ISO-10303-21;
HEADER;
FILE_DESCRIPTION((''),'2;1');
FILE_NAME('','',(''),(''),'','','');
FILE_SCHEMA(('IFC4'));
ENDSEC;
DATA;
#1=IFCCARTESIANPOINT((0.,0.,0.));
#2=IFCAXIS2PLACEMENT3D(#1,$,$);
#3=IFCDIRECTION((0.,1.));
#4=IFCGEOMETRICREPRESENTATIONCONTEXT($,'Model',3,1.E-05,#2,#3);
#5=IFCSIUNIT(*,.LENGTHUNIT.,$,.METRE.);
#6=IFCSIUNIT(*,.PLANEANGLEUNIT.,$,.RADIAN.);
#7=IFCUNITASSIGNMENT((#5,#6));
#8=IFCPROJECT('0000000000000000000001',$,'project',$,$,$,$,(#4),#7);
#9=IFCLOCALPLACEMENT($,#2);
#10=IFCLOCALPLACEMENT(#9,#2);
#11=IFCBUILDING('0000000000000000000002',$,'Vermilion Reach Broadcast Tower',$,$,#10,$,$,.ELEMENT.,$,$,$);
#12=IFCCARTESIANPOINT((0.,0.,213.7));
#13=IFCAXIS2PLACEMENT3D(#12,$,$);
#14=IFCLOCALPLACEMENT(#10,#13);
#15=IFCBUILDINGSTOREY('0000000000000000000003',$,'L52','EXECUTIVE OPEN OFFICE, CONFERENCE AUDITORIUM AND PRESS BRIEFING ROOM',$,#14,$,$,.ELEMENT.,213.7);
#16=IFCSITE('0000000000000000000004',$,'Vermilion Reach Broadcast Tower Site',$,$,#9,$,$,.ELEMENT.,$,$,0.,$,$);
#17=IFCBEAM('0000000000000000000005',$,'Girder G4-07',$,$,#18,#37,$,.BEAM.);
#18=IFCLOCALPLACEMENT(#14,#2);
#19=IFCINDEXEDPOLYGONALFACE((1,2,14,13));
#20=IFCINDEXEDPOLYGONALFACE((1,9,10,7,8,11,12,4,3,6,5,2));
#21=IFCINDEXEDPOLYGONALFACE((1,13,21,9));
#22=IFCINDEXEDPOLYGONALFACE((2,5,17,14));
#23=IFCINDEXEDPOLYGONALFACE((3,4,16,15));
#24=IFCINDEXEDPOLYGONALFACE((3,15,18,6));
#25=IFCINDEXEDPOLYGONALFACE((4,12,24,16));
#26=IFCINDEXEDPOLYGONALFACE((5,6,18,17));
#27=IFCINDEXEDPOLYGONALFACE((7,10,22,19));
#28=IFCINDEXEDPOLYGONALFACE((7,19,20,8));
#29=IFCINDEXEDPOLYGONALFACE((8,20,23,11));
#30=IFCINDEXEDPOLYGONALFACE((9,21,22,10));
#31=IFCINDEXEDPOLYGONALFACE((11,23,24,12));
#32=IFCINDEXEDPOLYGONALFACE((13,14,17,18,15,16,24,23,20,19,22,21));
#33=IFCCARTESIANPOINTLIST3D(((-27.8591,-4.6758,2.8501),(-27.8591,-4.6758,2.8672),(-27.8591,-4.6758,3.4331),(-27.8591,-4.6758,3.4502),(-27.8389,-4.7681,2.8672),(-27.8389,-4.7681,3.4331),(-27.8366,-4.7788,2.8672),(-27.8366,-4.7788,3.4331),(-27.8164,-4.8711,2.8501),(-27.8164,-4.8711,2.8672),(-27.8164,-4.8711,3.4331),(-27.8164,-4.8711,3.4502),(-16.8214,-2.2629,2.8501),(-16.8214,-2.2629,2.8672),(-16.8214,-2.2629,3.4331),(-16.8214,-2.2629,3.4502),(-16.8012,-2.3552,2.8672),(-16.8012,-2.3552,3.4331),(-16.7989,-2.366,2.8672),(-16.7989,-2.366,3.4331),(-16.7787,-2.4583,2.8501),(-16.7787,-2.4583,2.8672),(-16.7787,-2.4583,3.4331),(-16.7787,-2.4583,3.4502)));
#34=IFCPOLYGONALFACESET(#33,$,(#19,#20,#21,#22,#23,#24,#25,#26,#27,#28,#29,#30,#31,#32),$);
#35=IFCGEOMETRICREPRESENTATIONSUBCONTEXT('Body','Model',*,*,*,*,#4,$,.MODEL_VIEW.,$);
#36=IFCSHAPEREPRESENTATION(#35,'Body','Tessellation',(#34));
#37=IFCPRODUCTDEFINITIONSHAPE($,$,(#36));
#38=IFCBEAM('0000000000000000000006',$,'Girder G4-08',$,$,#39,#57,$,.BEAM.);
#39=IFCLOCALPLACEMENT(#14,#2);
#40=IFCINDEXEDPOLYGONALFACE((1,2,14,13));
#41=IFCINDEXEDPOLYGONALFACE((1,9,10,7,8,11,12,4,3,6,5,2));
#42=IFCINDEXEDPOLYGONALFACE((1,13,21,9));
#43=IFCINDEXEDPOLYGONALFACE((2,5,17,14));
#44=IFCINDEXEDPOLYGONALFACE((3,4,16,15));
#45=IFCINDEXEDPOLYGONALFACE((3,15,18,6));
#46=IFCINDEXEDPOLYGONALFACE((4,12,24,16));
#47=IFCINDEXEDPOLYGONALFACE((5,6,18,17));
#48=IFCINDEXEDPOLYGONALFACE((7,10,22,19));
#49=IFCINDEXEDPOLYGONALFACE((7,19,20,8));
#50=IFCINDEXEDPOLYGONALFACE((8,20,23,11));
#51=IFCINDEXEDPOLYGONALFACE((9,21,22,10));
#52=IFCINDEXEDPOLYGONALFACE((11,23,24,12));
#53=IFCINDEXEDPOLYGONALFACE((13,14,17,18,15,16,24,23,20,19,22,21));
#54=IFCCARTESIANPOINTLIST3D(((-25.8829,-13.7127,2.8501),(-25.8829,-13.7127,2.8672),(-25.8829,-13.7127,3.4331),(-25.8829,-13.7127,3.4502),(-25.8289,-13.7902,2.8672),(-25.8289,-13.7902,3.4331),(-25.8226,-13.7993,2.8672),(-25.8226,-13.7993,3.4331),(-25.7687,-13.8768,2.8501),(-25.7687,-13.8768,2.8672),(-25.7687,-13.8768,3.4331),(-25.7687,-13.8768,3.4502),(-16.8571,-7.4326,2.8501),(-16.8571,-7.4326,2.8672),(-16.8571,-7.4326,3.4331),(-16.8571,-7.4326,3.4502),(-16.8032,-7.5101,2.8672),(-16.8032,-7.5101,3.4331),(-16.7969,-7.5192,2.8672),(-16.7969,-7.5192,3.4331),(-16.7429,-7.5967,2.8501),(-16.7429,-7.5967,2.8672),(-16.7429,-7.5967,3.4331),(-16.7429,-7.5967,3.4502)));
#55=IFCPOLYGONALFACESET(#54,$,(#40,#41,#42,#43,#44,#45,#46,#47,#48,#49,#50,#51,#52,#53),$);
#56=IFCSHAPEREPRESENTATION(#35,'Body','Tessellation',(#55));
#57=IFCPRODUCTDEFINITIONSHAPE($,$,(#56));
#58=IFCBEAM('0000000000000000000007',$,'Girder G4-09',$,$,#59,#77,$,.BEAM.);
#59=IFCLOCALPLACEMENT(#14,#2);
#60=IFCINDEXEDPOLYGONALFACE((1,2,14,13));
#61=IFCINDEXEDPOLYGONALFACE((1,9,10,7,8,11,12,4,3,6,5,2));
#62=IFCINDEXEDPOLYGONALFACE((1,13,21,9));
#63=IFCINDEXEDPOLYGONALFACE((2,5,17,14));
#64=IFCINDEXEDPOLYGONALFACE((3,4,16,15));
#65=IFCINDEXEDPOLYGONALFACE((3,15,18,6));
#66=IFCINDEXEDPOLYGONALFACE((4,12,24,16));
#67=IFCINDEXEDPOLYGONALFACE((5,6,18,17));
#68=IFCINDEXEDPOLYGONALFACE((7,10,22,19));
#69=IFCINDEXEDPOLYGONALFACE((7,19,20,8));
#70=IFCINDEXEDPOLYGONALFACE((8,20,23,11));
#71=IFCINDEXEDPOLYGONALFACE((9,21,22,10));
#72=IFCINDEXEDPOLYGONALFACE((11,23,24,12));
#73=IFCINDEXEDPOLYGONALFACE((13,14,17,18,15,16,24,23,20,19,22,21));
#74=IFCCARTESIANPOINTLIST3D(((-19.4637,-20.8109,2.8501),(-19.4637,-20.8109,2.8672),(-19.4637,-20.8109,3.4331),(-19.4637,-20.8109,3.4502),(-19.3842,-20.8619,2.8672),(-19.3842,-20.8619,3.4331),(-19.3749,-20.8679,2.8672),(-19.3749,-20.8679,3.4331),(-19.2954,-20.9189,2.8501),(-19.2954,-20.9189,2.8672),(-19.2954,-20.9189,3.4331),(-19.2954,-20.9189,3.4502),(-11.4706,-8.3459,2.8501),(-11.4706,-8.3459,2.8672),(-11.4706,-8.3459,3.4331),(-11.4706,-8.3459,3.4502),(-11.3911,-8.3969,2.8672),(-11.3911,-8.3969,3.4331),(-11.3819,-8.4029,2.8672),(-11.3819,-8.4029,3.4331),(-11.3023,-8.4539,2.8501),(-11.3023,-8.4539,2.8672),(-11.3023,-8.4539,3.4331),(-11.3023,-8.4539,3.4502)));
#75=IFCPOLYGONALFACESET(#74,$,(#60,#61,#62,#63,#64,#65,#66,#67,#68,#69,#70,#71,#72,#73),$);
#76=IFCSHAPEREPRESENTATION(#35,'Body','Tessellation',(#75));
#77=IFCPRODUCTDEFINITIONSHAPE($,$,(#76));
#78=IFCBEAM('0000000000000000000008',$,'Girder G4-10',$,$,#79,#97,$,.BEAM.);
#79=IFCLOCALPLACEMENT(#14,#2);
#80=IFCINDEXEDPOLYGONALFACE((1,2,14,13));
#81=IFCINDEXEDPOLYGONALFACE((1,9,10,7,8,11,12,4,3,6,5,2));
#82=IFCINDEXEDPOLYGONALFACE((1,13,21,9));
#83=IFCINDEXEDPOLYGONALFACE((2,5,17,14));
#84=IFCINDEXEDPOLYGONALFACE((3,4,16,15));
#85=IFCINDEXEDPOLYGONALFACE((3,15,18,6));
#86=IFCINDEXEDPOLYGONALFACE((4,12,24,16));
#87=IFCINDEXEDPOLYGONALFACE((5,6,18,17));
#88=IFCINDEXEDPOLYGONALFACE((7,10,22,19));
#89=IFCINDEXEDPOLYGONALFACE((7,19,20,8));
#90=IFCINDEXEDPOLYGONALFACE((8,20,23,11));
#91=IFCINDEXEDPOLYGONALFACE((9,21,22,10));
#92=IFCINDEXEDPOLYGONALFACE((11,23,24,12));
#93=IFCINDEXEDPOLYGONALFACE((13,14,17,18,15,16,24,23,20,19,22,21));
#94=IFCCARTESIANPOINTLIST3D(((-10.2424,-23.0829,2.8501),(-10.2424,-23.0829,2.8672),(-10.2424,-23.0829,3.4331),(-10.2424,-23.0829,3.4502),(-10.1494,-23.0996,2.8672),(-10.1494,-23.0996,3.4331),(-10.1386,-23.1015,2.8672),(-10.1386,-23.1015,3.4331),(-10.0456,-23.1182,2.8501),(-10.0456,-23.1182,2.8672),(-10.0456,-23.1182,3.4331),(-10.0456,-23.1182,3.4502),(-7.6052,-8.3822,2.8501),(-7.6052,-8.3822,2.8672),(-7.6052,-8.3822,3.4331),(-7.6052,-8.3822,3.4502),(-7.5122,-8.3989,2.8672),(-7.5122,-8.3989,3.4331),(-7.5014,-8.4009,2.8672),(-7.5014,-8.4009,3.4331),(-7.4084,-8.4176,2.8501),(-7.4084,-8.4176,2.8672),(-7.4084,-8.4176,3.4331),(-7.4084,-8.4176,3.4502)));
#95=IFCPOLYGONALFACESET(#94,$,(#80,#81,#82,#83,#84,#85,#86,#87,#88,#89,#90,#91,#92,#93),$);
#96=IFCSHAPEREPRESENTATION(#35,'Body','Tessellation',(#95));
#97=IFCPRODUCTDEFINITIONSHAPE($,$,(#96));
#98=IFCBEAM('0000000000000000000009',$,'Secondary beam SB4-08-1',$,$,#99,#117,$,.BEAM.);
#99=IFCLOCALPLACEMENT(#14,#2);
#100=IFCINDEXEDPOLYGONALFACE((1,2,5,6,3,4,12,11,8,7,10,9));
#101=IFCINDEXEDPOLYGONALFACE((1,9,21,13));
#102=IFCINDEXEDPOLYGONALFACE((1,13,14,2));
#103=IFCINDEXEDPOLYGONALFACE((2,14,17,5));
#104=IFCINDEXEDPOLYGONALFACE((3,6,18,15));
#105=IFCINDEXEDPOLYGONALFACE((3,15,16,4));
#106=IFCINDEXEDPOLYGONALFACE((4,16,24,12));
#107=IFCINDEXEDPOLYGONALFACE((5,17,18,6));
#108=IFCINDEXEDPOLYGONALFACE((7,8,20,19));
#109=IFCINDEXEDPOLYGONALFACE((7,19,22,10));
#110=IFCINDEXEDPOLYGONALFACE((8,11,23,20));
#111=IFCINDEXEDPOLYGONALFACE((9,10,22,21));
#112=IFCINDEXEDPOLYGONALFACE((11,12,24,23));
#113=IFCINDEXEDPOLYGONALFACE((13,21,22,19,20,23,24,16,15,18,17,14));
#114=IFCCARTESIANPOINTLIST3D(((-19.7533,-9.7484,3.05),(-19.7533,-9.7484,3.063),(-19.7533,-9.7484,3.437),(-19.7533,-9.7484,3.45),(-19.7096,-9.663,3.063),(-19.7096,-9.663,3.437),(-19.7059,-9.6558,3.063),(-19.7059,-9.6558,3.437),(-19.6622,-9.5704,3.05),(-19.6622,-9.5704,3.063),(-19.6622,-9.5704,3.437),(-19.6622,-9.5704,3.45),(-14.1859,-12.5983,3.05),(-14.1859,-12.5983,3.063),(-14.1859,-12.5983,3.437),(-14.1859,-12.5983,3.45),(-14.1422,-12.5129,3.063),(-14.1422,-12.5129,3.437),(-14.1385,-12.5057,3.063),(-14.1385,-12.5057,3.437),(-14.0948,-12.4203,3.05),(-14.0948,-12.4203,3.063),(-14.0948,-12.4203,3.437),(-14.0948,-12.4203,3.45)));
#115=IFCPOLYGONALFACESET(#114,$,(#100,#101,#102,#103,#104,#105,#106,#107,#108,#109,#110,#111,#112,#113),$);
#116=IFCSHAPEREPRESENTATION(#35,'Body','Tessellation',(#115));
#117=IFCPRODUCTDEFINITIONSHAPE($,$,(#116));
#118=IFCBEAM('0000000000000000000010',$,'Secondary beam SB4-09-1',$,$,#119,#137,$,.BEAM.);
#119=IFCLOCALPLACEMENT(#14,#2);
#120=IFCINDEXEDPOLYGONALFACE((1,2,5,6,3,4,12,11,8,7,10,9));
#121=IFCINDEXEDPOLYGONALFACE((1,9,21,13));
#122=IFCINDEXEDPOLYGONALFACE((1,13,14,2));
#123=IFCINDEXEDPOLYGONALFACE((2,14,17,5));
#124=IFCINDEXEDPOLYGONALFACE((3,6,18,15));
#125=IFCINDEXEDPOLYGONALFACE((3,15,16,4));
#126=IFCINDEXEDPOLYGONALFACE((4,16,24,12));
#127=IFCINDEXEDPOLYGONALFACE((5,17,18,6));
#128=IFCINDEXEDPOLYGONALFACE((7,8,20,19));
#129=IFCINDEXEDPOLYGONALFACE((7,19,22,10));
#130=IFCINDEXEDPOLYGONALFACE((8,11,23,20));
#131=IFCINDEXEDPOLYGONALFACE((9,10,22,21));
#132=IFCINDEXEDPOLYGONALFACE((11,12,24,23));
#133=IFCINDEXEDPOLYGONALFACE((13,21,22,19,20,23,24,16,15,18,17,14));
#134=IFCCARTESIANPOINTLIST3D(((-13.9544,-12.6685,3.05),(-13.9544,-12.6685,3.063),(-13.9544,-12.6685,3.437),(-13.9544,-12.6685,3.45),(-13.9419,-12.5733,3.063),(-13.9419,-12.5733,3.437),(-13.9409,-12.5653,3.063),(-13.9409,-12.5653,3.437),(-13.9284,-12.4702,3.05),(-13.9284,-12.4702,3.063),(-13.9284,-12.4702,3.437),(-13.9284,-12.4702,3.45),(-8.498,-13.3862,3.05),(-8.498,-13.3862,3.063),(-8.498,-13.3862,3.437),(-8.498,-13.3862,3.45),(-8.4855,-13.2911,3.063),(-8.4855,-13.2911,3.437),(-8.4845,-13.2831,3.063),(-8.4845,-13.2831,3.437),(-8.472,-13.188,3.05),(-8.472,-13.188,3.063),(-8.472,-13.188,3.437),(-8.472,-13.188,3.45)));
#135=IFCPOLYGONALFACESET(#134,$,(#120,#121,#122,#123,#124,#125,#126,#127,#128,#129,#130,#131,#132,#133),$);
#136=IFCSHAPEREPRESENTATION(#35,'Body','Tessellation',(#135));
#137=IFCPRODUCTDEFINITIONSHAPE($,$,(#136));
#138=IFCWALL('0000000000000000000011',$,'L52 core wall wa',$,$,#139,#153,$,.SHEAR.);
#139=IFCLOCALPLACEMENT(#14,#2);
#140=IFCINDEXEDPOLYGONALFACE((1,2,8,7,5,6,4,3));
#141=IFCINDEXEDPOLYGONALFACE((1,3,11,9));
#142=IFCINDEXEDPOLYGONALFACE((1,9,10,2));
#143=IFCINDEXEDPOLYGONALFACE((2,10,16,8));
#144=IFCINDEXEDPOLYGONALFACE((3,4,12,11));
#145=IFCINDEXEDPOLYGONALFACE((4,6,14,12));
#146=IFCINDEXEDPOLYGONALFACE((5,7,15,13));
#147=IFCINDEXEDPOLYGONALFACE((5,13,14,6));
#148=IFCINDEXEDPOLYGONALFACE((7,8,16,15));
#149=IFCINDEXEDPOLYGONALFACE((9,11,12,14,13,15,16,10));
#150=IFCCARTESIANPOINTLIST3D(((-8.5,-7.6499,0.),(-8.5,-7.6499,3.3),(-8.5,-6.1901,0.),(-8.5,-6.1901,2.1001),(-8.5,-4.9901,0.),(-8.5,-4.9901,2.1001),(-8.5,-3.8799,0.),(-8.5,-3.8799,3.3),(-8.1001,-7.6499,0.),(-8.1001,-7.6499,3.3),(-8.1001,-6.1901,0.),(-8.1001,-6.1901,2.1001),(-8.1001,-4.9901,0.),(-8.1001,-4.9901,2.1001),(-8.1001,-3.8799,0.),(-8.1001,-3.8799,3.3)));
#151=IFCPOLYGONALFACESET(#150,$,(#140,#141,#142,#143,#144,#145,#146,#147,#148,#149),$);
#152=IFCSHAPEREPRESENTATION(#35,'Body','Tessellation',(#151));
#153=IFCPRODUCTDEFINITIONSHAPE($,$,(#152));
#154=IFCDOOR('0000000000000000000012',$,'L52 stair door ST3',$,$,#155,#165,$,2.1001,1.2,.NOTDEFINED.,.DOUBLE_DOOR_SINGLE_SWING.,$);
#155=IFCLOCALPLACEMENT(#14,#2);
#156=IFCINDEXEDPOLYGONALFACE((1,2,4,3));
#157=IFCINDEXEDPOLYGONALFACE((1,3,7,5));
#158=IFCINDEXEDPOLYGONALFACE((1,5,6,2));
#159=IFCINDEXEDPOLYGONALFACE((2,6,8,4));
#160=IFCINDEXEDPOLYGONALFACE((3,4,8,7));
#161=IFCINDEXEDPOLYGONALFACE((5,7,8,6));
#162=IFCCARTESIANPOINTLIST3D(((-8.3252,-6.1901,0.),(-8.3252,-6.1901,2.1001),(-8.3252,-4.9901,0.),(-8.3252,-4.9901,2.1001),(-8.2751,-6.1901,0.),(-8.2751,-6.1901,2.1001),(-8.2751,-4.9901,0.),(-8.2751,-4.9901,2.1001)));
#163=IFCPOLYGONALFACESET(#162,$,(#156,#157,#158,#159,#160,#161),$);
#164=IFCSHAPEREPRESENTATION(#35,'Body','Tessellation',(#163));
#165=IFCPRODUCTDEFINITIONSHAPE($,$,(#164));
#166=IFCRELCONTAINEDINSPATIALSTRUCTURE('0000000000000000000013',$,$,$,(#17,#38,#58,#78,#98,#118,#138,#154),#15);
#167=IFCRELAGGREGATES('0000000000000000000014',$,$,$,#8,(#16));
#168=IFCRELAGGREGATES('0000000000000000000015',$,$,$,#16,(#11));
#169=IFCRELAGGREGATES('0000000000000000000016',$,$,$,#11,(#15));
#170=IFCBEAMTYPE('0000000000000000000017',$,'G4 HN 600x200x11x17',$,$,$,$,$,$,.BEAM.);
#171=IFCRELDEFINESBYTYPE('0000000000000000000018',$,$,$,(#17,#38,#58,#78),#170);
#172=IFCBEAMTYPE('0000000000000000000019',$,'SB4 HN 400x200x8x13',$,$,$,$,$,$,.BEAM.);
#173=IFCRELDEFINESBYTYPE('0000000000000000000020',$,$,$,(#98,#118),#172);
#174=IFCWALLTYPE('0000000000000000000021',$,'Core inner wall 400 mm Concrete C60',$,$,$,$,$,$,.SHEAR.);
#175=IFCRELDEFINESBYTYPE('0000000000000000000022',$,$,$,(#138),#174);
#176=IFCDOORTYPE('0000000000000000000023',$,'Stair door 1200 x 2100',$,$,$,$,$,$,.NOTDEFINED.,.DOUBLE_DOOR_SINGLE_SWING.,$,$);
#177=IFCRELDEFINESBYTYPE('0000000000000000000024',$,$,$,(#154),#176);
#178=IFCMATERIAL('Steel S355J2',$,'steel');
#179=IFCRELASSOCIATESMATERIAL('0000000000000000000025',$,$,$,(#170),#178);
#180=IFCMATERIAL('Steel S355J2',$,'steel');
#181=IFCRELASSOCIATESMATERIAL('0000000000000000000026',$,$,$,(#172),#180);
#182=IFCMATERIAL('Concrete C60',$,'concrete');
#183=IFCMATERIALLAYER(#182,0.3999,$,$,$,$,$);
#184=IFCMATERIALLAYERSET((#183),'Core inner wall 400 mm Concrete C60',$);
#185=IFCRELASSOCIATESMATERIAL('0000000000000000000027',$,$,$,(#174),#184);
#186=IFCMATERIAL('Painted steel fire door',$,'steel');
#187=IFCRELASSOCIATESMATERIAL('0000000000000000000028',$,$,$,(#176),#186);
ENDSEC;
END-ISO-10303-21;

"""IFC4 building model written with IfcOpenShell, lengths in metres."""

from ifc_helpers import new_model, si_unit, direction, frame, frame_2d, origin, origin_2d, place, context, subcontext, project, spatial, rectangle, i_section, extrude, material, layer, layer_set, material_profile, profile_set, type_object, element, fill, save


model = new_model("IFC4")

# Units and contexts
model_context = context("Model", 3, precision=1e-05, world=origin(), true_north=direction((0.0, 1.0)))
body_context = subcontext(model_context, "Body", "Model", "MODEL_VIEW")
ifc_project = project(units=[si_unit("LENGTHUNIT", "METRE"), si_unit("PLANEANGLEUNIT", "RADIAN")], contexts=[model_context])

# Site, building, storey
site_placement = place(None, origin())
site = spatial("IfcSite", under=ifc_project, at=site_placement, Name="Vermilion Reach Broadcast Tower Site", CompositionType="ELEMENT", RefElevation=0.0)
building_placement = place(site_placement, origin())
building = spatial("IfcBuilding", under=site, at=building_placement, Name="Vermilion Reach Broadcast Tower", CompositionType="ELEMENT")
storey_placement = place(building_placement, frame((0.0, 0.0, 213.7)))
storey = spatial("IfcBuildingStorey", under=building, at=storey_placement, Name="L52", Description="EXECUTIVE OPEN OFFICE, CONFERENCE AUDITORIUM AND PRESS BRIEFING ROOM", CompositionType="ELEMENT", Elevation=213.7)

# Beams
ifc_material_1 = material(Name="Steel S355J2", Category="steel")
ifc_material_profile_1 = material_profile(ifc_material_1, i_section(OverallWidth=0.2, OverallDepth=0.6001, WebThickness=0.011, FlangeThickness=0.0171, at=origin_2d()), Name="S355J2 HN 600x200x11x17")
ifc_profile_set_1 = profile_set([ifc_material_profile_1], Name="Steel S355J2")
beam_type_1 = type_object("IfcBeamType", Name="G4 HN 600x200x11x17", PredefinedType="BEAM", material=ifc_profile_set_1)
beam_1_placement = place(storey_placement, frame((-16.8, -2.3606, 3.1501), z_axis=(-0.97693, -0.213559, 0.0), x_axis=(0.213559, -0.97693, 0.0)))
element("IfcBeam", 1, at=beam_1_placement, inside=storey, type_object=beam_type_1, Name="Girder G4-07", PredefinedType="BEAM", context=body_context, shape_type="SweptSolid", body=[
    extrude(i_section(OverallWidth=0.2, OverallDepth=0.6001, WebThickness=0.011, FlangeThickness=0.0171, at=origin_2d()), origin(), (0.0, 0.0, 1.0), 11.2983),
])
beam_2_placement = place(storey_placement, frame((-16.8, -7.5146, 3.1501), z_axis=(-0.820849, -0.571146, 0.0), x_axis=(0.571146, -0.820849, 0.0)))
element("IfcBeam", 2, at=beam_2_placement, inside=storey, type_object=beam_type_1, Name="Girder G4-08", PredefinedType="BEAM", context=body_context, shape_type="SweptSolid", body=[
    extrude(i_section(OverallWidth=0.2, OverallDepth=0.6001, WebThickness=0.011, FlangeThickness=0.0171, at=origin_2d()), origin(), (0.0, 0.0, 1.0), 10.9956),
])
beam_3_placement = place(storey_placement, frame((-11.3865, -8.3999, 3.1501), z_axis=(-0.539796, -0.841796, 0.0), x_axis=(0.841796, -0.539796, 0.0)))
element("IfcBeam", 3, at=beam_3_placement, inside=storey, type_object=beam_type_1, Name="Girder G4-09", PredefinedType="BEAM", context=body_context, shape_type="SweptSolid", body=[
    extrude(i_section(OverallWidth=0.2, OverallDepth=0.6001, WebThickness=0.011, FlangeThickness=0.0171, at=origin_2d()), origin(), (0.0, 0.0, 1.0), 14.8076),
])
beam_4_placement = place(storey_placement, frame((-7.5068, -8.3999, 3.1501), z_axis=(-0.176575, -0.984287, 0.0), x_axis=(0.984287, -0.176575, 0.0)))
element("IfcBeam", 4, at=beam_4_placement, inside=storey, type_object=beam_type_1, Name="Girder G4-10", PredefinedType="BEAM", context=body_context, shape_type="SweptSolid", body=[
    extrude(i_section(OverallWidth=0.2, OverallDepth=0.6001, WebThickness=0.011, FlangeThickness=0.0171, at=origin_2d()), origin(), (0.0, 0.0, 1.0), 14.9353),
])
ifc_material_2 = material(Name="Steel S355J2", Category="steel")
ifc_material_profile_2 = material_profile(ifc_material_2, i_section(OverallWidth=0.2, OverallDepth=0.3999, WebThickness=0.0081, FlangeThickness=0.0129, at=origin_2d()), Name="S355J2 HN 400x200x8x13")
ifc_profile_set_2 = profile_set([ifc_material_profile_2], Name="Steel S355J2")
beam_type_2 = type_object("IfcBeamType", Name="SB4 HN 400x200x8x13", PredefinedType="BEAM", material=ifc_profile_set_2)
beam_5_placement = place(storey_placement, frame((-19.7078, -9.6594, 3.25), z_axis=(0.890156, -0.455656, 0.0), x_axis=(0.455656, 0.890156, 0.0)))
element("IfcBeam", 5, at=beam_5_placement, inside=storey, type_object=beam_type_2, Name="Secondary beam SB4-08-1", PredefinedType="BEAM", context=body_context, shape_type="SweptSolid", body=[
    extrude(i_section(OverallWidth=0.2, OverallDepth=0.3999, WebThickness=0.0081, FlangeThickness=0.0129, at=origin_2d()), origin(), (0.0, 0.0, 1.0), 6.2544),
])
beam_6_placement = place(storey_placement, frame((-13.9414, -12.5693, 3.25), z_axis=(0.991458, -0.130426, 0.0), x_axis=(0.130426, 0.991458, 0.0)))
element("IfcBeam", 6, at=beam_6_placement, inside=storey, type_object=beam_type_2, Name="Secondary beam SB4-09-1", PredefinedType="BEAM", context=body_context, shape_type="SweptSolid", body=[
    extrude(i_section(OverallWidth=0.2, OverallDepth=0.3999, WebThickness=0.0081, FlangeThickness=0.0129, at=origin_2d()), origin(), (0.0, 0.0, 1.0), 5.5034),
])

# Wall, opening, door
ifc_material_3 = material(Name="Concrete C60", Category="concrete")
ifc_layer_1 = layer(ifc_material_3, 0.3999)
ifc_layer_set_1 = layer_set([ifc_layer_1], Name="Core inner wall 400 mm Concrete C60")
wall_type_1 = type_object("IfcWallType", Name="Core inner wall 400 mm Concrete C60", PredefinedType="SHEAR", material=ifc_layer_set_1)
wall_1_placement = place(storey_placement, frame((-8.3, -3.8799, 0.0), z_axis=(0.0, 0.0, 1.0), x_axis=(0.0, -1.0, 0.0)))
wall_1 = element("IfcWall", 7, at=wall_1_placement, inside=storey, type_object=wall_type_1, Name="L52 core wall wa", PredefinedType="SHEAR", context=body_context, shape_type="SweptSolid", body=[
    extrude(rectangle(XDim=3.77, YDim=0.3999, at=frame_2d((1.885, 0.0))), origin(), (0.0, 0.0, 1.0), 3.3),
])
opening_1_placement = place(wall_1_placement, frame((1.1101, 0.0, 0.0)))
opening_1 = element("IfcOpeningElement", 8, at=opening_1_placement, cuts=wall_1, PredefinedType="OPENING", context=body_context, shape_type="SweptSolid", body=[
    extrude(rectangle(XDim=1.2, YDim=2.1001, at=frame_2d((0.6001, 1.05))), frame((0.0, 0.21, 0.0), z_axis=(0.0, -1.0, 0.0), x_axis=(1.0, 0.0, 0.0)), (0.0, 0.0, 1.0), 0.4199),
])
ifc_material_4 = material(Name="Painted steel fire door", Category="steel")
door_type_1 = type_object("IfcDoorType", Name="Stair door 1200 x 2100", OperationType="DOUBLE_DOOR_SINGLE_SWING", PredefinedType="NOTDEFINED", material=ifc_material_4)
door_1_placement = place(opening_1_placement, origin())
door_1 = element("IfcDoor", 9, at=door_1_placement, inside=storey, type_object=door_type_1, Name="L52 stair door ST3", OperationType="DOUBLE_DOOR_SINGLE_SWING", OverallHeight=2.1001, OverallWidth=1.2, PredefinedType="NOTDEFINED", context=body_context, shape_type="SweptSolid", body=[
    extrude(rectangle(XDim=1.2, YDim=2.1001, at=frame_2d((0.6001, 1.05))), frame((0.0, 0.0249, 0.0), z_axis=(0.0, -1.0, 0.0), x_axis=(1.0, 0.0, 0.0)), (0.0, 0.0, 1.0), 0.05),
])
fill(opening_1, door_1)

save(model, "model.ifc")
